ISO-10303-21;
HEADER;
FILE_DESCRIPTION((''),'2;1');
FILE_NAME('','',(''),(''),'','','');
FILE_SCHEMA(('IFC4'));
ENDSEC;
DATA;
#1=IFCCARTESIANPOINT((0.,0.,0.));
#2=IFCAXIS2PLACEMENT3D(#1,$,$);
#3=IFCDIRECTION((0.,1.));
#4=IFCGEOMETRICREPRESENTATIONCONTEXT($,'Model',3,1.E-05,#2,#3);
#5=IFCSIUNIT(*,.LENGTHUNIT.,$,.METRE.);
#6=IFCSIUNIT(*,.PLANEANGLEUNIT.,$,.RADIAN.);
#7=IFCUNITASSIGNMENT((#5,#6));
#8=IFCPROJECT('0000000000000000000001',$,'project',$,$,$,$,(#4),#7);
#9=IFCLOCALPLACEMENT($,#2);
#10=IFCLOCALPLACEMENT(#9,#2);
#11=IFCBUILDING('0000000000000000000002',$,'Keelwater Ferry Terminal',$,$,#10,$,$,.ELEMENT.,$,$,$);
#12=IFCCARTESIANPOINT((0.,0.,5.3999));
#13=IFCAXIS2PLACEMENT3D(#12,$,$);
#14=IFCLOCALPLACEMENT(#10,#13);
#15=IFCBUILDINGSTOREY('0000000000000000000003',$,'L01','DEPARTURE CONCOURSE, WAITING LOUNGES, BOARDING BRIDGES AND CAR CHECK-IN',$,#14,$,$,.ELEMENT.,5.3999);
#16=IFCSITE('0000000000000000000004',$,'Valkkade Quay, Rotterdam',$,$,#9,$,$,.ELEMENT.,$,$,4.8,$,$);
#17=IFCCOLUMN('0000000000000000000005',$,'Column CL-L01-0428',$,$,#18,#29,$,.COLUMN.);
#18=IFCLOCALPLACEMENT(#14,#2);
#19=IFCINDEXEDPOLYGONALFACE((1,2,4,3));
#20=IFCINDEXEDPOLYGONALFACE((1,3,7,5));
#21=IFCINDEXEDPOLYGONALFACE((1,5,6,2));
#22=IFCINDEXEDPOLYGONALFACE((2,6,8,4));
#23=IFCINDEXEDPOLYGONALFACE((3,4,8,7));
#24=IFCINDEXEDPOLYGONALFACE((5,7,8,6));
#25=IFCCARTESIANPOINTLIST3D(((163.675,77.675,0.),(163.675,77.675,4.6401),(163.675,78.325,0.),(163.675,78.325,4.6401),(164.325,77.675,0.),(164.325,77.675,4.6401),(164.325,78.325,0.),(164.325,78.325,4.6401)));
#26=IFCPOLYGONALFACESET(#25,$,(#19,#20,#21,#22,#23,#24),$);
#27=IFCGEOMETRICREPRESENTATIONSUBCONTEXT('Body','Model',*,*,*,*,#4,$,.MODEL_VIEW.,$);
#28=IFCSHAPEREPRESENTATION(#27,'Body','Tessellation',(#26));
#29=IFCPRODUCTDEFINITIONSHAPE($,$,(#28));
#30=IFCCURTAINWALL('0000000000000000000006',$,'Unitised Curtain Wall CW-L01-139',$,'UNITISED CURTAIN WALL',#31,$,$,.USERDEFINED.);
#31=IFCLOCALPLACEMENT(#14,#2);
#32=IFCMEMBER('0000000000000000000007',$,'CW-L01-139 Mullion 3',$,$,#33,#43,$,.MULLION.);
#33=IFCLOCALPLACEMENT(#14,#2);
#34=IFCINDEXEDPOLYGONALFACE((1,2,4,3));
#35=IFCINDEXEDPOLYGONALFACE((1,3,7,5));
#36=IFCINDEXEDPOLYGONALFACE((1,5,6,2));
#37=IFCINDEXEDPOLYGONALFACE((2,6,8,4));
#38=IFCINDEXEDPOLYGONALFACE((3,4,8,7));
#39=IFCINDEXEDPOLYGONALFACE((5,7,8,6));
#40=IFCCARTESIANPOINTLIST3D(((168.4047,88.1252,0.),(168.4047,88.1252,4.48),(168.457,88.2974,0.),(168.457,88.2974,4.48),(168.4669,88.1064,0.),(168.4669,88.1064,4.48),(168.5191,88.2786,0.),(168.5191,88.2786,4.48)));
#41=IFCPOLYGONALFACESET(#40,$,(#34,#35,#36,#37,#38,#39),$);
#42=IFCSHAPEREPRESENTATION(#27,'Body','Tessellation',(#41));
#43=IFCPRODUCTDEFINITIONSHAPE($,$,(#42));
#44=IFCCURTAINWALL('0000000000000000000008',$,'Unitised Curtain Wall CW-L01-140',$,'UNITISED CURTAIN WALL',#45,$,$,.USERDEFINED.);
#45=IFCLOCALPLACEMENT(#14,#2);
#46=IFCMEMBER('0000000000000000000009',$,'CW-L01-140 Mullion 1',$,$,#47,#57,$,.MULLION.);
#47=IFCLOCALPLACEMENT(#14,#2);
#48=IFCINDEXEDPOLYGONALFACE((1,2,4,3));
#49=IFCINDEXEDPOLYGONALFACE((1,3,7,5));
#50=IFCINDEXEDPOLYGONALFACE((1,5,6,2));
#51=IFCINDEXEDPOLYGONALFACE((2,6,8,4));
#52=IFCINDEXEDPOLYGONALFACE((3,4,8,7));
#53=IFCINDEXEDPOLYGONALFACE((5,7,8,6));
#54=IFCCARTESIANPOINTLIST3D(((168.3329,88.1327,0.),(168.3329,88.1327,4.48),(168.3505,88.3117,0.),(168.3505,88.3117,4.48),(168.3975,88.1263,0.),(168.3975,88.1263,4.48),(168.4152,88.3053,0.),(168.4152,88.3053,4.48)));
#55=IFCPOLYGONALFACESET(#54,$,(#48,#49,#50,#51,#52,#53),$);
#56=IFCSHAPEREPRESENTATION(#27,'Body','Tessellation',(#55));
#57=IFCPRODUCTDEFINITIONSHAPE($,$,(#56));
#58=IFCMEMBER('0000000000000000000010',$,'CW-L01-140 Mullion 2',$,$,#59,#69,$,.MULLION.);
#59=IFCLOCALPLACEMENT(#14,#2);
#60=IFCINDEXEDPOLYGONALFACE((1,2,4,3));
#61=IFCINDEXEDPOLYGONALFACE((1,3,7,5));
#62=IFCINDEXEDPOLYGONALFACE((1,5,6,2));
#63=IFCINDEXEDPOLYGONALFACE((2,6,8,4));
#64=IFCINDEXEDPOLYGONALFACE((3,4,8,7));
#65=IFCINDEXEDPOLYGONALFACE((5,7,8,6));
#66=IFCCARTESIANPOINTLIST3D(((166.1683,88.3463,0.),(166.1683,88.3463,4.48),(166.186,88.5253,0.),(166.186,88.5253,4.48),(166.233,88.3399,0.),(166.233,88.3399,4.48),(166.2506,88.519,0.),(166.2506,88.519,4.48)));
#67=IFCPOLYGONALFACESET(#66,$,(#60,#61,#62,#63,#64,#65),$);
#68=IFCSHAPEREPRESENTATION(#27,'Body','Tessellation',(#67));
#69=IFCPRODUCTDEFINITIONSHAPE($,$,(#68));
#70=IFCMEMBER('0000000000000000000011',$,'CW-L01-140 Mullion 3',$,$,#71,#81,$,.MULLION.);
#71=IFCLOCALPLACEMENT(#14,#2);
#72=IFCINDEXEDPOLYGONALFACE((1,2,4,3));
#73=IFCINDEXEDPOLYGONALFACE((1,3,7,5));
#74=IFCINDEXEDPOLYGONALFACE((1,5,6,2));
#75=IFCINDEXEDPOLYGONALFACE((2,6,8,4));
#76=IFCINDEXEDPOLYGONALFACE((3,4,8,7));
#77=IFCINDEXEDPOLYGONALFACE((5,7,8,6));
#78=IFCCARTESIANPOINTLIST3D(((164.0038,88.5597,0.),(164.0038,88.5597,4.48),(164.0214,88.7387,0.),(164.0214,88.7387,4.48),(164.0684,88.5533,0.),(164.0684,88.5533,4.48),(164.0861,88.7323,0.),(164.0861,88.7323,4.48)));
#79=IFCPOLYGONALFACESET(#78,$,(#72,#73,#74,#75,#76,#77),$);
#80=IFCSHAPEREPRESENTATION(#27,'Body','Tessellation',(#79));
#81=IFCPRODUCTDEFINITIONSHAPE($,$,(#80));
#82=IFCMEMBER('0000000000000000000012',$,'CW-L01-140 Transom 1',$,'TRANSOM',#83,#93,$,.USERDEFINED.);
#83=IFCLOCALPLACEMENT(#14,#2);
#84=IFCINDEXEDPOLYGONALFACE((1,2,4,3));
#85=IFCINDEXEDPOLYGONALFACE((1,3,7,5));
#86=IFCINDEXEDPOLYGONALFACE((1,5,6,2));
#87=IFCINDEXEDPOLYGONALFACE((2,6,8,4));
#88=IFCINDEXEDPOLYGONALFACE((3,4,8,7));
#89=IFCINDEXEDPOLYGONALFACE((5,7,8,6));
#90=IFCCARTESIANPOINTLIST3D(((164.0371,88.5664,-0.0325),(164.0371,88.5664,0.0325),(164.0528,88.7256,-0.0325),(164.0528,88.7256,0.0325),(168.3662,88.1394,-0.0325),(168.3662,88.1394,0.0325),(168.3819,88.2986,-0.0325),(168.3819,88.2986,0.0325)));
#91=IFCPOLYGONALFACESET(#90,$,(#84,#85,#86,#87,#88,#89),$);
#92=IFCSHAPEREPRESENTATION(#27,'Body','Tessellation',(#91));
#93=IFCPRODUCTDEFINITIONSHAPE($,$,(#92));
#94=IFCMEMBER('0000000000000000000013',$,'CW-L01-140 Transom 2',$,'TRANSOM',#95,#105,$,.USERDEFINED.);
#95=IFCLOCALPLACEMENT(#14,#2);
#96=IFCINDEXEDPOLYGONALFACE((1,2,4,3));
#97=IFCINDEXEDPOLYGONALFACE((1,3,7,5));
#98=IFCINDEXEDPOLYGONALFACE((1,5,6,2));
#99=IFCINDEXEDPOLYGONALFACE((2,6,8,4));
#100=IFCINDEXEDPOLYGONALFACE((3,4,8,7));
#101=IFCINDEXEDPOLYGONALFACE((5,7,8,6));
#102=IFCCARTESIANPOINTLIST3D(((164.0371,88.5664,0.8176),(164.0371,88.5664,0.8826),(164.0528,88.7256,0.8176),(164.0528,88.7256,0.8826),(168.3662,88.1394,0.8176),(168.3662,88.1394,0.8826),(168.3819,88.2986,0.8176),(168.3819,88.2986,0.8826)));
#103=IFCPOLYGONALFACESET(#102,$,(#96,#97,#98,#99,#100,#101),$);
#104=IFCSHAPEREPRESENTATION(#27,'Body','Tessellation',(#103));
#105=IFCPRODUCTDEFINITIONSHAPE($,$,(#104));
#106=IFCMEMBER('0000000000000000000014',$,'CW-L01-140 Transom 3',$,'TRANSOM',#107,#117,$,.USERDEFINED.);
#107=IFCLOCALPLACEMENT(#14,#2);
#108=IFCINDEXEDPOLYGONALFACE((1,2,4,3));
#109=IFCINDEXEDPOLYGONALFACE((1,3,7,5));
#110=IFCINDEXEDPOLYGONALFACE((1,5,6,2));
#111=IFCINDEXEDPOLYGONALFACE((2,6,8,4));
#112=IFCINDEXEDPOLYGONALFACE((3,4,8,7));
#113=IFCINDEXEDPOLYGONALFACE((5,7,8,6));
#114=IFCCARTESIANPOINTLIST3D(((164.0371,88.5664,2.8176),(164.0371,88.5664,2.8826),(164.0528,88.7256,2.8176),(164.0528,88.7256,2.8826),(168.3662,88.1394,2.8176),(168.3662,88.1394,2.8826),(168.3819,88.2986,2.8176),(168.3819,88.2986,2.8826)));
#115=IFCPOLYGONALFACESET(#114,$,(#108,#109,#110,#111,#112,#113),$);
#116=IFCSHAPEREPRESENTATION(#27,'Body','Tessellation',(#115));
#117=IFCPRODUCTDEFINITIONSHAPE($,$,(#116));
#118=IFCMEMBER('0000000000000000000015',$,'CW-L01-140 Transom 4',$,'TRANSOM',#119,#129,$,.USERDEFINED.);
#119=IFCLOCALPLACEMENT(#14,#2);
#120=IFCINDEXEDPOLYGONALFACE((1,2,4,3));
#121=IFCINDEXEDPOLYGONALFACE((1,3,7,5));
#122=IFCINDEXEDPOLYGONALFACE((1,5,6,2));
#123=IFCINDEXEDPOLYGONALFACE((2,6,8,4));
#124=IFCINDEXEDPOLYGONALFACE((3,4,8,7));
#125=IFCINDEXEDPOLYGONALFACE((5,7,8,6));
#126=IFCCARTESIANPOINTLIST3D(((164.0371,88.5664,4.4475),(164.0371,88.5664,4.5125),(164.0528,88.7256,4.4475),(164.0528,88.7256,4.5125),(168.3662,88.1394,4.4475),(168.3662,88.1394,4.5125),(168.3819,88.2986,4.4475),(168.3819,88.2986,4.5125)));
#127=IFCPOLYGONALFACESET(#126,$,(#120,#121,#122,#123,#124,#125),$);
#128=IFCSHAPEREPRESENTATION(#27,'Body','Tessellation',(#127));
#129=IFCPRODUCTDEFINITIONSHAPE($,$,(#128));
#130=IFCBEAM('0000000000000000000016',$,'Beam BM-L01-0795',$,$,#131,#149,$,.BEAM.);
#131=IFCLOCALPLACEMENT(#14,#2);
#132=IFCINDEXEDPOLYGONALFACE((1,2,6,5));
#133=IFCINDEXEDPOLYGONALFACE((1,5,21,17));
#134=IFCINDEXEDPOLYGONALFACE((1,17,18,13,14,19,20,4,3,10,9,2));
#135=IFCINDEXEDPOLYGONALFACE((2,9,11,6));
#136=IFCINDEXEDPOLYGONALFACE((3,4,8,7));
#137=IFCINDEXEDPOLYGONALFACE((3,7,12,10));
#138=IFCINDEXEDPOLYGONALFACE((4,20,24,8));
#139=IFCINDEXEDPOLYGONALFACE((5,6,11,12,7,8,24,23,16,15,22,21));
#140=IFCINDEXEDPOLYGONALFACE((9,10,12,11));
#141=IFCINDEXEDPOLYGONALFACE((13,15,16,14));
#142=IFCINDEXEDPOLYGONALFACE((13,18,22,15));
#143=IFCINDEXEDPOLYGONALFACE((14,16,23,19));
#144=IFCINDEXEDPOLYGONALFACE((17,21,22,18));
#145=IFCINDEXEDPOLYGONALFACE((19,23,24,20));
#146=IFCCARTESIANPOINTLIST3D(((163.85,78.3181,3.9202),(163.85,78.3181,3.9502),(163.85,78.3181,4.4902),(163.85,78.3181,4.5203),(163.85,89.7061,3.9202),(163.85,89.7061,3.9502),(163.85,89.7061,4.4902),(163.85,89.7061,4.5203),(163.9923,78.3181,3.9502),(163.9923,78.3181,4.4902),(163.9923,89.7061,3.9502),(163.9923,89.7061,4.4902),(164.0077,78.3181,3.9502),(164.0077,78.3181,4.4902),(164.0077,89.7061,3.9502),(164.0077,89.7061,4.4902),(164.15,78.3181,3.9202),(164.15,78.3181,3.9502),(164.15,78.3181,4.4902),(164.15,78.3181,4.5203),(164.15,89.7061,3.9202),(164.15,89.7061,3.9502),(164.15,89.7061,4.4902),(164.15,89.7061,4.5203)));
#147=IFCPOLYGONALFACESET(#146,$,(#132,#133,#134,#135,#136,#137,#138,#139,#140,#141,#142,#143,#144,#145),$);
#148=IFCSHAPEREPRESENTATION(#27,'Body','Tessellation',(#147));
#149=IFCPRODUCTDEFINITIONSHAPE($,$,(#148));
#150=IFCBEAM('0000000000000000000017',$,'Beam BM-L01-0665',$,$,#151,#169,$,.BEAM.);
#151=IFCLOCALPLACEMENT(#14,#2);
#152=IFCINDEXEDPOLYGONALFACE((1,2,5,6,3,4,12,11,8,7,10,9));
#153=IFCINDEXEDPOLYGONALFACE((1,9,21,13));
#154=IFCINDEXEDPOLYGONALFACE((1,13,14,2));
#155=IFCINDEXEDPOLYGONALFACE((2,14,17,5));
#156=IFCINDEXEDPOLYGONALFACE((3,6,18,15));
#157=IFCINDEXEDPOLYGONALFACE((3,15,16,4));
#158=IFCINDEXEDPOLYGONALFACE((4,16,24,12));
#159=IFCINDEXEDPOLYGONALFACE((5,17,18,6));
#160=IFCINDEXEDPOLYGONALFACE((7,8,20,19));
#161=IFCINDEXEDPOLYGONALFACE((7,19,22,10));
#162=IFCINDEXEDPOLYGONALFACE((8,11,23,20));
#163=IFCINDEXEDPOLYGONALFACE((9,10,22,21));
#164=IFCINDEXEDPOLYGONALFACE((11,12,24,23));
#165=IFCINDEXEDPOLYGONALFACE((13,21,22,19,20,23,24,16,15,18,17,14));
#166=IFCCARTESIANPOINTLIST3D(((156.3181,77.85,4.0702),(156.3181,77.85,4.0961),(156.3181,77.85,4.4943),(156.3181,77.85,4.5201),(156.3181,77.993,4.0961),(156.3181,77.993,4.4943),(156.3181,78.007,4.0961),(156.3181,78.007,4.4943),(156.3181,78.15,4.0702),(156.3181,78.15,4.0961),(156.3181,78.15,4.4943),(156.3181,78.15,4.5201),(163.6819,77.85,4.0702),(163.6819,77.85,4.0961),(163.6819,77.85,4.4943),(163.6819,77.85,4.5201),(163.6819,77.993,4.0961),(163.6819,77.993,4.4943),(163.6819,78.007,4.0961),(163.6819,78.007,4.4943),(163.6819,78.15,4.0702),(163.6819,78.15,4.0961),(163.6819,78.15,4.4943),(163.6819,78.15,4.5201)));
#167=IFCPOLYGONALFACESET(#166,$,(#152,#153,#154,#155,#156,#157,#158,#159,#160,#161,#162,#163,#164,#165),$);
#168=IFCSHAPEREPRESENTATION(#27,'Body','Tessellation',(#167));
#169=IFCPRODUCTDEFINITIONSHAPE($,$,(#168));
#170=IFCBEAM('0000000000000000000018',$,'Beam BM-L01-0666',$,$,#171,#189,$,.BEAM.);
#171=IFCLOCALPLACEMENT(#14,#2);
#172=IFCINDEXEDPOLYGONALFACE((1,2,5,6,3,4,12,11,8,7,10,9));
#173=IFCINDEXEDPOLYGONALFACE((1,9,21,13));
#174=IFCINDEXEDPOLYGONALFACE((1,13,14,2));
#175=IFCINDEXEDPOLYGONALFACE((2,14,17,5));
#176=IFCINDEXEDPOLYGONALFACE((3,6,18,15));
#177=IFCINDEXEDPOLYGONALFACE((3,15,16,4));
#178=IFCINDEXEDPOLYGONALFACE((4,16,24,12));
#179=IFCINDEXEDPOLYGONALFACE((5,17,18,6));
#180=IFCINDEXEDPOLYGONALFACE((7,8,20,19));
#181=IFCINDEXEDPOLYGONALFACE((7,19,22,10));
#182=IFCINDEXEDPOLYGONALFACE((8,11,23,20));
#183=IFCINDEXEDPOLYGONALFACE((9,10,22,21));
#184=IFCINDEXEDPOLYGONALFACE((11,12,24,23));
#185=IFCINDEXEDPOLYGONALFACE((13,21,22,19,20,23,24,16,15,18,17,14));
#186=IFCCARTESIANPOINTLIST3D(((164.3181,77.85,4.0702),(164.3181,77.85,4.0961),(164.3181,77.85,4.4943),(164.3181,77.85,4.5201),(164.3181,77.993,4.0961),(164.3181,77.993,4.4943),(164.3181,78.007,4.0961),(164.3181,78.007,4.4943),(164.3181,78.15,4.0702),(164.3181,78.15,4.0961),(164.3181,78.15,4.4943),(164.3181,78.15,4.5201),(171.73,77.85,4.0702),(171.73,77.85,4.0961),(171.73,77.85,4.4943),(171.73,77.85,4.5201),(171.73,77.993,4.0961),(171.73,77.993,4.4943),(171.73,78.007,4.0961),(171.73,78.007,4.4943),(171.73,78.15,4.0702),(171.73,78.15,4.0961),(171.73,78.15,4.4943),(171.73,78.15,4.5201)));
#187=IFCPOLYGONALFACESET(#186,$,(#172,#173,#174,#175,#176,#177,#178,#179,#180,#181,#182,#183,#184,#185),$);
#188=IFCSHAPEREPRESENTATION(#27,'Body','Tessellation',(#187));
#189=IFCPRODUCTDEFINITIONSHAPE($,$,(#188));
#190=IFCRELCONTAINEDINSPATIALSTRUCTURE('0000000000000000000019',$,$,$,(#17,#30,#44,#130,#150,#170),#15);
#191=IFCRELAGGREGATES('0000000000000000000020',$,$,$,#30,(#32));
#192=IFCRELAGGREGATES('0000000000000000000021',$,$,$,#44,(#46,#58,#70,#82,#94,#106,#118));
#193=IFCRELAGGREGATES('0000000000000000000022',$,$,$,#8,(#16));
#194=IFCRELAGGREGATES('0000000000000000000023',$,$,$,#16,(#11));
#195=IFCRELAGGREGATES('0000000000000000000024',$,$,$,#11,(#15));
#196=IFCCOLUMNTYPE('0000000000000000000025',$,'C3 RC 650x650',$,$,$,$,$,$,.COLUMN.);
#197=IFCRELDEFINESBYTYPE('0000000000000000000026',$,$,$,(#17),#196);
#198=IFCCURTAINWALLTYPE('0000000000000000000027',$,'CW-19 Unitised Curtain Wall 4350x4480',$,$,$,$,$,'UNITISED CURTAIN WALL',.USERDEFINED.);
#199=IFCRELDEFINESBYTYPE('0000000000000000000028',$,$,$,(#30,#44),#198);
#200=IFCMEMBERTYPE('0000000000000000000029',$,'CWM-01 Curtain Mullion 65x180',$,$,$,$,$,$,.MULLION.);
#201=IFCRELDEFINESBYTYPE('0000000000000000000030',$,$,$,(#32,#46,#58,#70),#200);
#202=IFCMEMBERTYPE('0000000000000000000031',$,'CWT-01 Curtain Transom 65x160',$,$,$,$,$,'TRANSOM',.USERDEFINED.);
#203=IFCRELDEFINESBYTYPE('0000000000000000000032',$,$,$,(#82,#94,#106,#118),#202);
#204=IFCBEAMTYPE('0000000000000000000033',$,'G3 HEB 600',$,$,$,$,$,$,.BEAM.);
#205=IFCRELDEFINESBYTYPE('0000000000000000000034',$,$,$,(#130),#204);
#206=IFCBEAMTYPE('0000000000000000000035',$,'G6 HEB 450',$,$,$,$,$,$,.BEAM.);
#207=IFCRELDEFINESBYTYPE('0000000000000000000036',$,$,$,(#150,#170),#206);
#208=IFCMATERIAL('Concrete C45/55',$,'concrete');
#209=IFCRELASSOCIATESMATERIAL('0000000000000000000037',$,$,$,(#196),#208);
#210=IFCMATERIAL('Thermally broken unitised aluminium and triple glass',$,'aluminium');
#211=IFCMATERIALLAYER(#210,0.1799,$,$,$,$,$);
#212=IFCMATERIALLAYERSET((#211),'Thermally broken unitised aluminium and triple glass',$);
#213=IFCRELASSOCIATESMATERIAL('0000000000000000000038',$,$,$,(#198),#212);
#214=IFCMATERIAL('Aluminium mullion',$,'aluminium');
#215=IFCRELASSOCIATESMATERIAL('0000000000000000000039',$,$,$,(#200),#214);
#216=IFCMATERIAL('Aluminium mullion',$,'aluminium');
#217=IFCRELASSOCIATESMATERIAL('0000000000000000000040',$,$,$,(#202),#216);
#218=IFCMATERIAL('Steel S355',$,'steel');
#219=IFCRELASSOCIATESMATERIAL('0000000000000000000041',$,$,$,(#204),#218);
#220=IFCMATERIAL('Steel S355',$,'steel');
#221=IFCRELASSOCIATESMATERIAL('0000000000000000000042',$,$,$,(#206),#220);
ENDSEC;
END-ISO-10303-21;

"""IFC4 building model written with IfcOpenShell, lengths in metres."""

from ifc_helpers import new_model, si_unit, direction, frame, origin, origin_2d, place, context, subcontext, project, spatial, rectangle, i_section, extrude, material, layer, layer_set, material_profile, profile_set, type_object, element, aggregate, save


model = new_model("IFC4")

# Units and contexts
model_context = context("Model", 3, precision=1e-05, world=origin(), true_north=direction((0.0, 1.0)))
body_context = subcontext(model_context, "Body", "Model", "MODEL_VIEW")
ifc_project = project(units=[si_unit("LENGTHUNIT", "METRE"), si_unit("PLANEANGLEUNIT", "RADIAN")], contexts=[model_context])

# Site, building, storey
site_placement = place(None, origin())
site = spatial("IfcSite", under=ifc_project, at=site_placement, Name="Valkkade Quay, Rotterdam", CompositionType="ELEMENT", RefElevation=4.8)
building_placement = place(site_placement, origin())
building = spatial("IfcBuilding", under=site, at=building_placement, Name="Keelwater Ferry Terminal", CompositionType="ELEMENT")
storey_placement = place(building_placement, frame((0.0, 0.0, 5.3999)))
storey = spatial("IfcBuildingStorey", under=building, at=storey_placement, Name="L01", Description="DEPARTURE CONCOURSE, WAITING LOUNGES, BOARDING BRIDGES AND CAR CHECK-IN", CompositionType="ELEMENT", Elevation=5.3999)

# Column
ifc_material_1 = material(Name="Concrete C45/55", Category="concrete")
ifc_material_profile_1 = material_profile(ifc_material_1, rectangle(XDim=0.6499, YDim=0.6499, at=origin_2d()), Name="RC 650x650")
ifc_profile_set_1 = profile_set([ifc_material_profile_1], Name="Concrete C45/55")
column_type = type_object("IfcColumnType", Name="C3 RC 650x650", PredefinedType="COLUMN", material=ifc_profile_set_1)
column_placement = place(storey_placement, frame((164.0, 78.0, 0.0), z_axis=(0.0, 0.0, 1.0), x_axis=(1.0, 0.0, 0.0)))
element("IfcColumn", 1, at=column_placement, inside=storey, type_object=column_type, Name="Column CL-L01-0428", PredefinedType="COLUMN", context=body_context, shape_type="SweptSolid", body=[
    extrude(rectangle(XDim=0.6499, YDim=0.6499, at=origin_2d()), origin(), (0.0, 0.0, 1.0), 4.6401),
])

# Curtain wall, member
ifc_material_2 = material(Name="Thermally broken unitised aluminium and triple glass", Category="aluminium")
ifc_layer_1 = layer(ifc_material_2, 0.1799)
ifc_layer_set_1 = layer_set([ifc_layer_1], Name="Thermally broken unitised aluminium and triple glass")
curtain_wall_type = type_object("IfcCurtainWallType", Name="CW-19 Unitised Curtain Wall 4350x4480", ElementType="UNITISED CURTAIN WALL", PredefinedType="USERDEFINED", material=ifc_layer_set_1)
curtain_wall_1_placement = place(storey_placement, origin())
curtain_wall_1 = element("IfcCurtainWall", 2, at=curtain_wall_1_placement, inside=storey, type_object=curtain_wall_type, Name="Unitised Curtain Wall CW-L01-139", ObjectType="UNITISED CURTAIN WALL", PredefinedType="USERDEFINED")
ifc_material_3 = material(Name="Aluminium mullion", Category="aluminium")
ifc_material_profile_2 = material_profile(ifc_material_3, rectangle(XDim=0.0649, YDim=0.1799, at=origin_2d()), Name="CWM-01")
ifc_profile_set_2 = profile_set([ifc_material_profile_2], Name="Aluminium mullion")
member_type_1 = type_object("IfcMemberType", Name="CWM-01 Curtain Mullion 65x180", PredefinedType="MULLION", material=ifc_profile_set_2)
member_1_placement = place(storey_placement, frame((168.4619, 88.2019, 0.0), z_axis=(0.0, 0.0, 1.0), x_axis=(-0.95693, 0.29032, 0.0)))
member_1 = element("IfcMember", 3, at=member_1_placement, type_object=member_type_1, Name="CW-L01-139 Mullion 3", PredefinedType="MULLION", context=body_context, shape_type="SweptSolid", body=[
    extrude(rectangle(XDim=0.0649, YDim=0.1799, at=origin_2d()), origin(), (0.0, 0.0, 1.0), 4.48),
])

# Curtain wall, members
curtain_wall_2_placement = place(storey_placement, origin())
curtain_wall_2 = element("IfcCurtainWall", 4, at=curtain_wall_2_placement, inside=storey, type_object=curtain_wall_type, Name="Unitised Curtain Wall CW-L01-140", ObjectType="UNITISED CURTAIN WALL", PredefinedType="USERDEFINED")
member_2_placement = place(storey_placement, frame((168.374, 88.219, 0.0), z_axis=(0.0, 0.0, 1.0), x_axis=(-0.995171, 0.098161, 0.0)))
member_2 = element("IfcMember", 5, at=member_2_placement, type_object=member_type_1, Name="CW-L01-140 Mullion 1", PredefinedType="MULLION", context=body_context, shape_type="SweptSolid", body=[
    extrude(rectangle(XDim=0.0649, YDim=0.1799, at=origin_2d()), origin(), (0.0, 0.0, 1.0), 4.48),
])
member_3_placement = place(storey_placement, frame((166.2095, 88.4326, 0.0), z_axis=(0.0, 0.0, 1.0), x_axis=(-0.995171, 0.098161, 0.0)))
member_3 = element("IfcMember", 6, at=member_3_placement, type_object=member_type_1, Name="CW-L01-140 Mullion 2", PredefinedType="MULLION", context=body_context, shape_type="SweptSolid", body=[
    extrude(rectangle(XDim=0.0649, YDim=0.1799, at=origin_2d()), origin(), (0.0, 0.0, 1.0), 4.48),
])
member_4_placement = place(storey_placement, frame((164.0449, 88.646, 0.0), z_axis=(0.0, 0.0, 1.0), x_axis=(-0.995171, 0.098161, 0.0)))
member_4 = element("IfcMember", 7, at=member_4_placement, type_object=member_type_1, Name="CW-L01-140 Mullion 3", PredefinedType="MULLION", context=body_context, shape_type="SweptSolid", body=[
    extrude(rectangle(XDim=0.0649, YDim=0.1799, at=origin_2d()), origin(), (0.0, 0.0, 1.0), 4.48),
])
ifc_material_4 = material(Name="Aluminium mullion", Category="aluminium")
ifc_material_profile_3 = material_profile(ifc_material_4, rectangle(XDim=0.1599, YDim=0.0649, at=origin_2d()), Name="CWT-01")
ifc_profile_set_3 = profile_set([ifc_material_profile_3], Name="Aluminium mullion")
member_type_2 = type_object("IfcMemberType", Name="CWT-01 Curtain Transom 65x160", ElementType="TRANSOM", PredefinedType="USERDEFINED", material=ifc_profile_set_3)
member_5_placement = place(storey_placement, frame((168.374, 88.219, 0.0), z_axis=(-0.995171, 0.098159, 0.0), x_axis=(-0.098159, -0.995171, 0.0)))
member_5 = element("IfcMember", 8, at=member_5_placement, type_object=member_type_2, Name="CW-L01-140 Transom 1", ObjectType="TRANSOM", PredefinedType="USERDEFINED", context=body_context, shape_type="SweptSolid", body=[
    extrude(rectangle(XDim=0.1599, YDim=0.0649, at=origin_2d()), origin(), (0.0, 0.0, 1.0), 4.3501),
])
member_6_placement = place(storey_placement, frame((168.374, 88.219, 0.8501), z_axis=(-0.995171, 0.098159, 0.0), x_axis=(-0.098159, -0.995171, 0.0)))
member_6 = element("IfcMember", 9, at=member_6_placement, type_object=member_type_2, Name="CW-L01-140 Transom 2", ObjectType="TRANSOM", PredefinedType="USERDEFINED", context=body_context, shape_type="SweptSolid", body=[
    extrude(rectangle(XDim=0.1599, YDim=0.0649, at=origin_2d()), origin(), (0.0, 0.0, 1.0), 4.3501),
])
member_7_placement = place(storey_placement, frame((168.374, 88.219, 2.8501), z_axis=(-0.995171, 0.098159, 0.0), x_axis=(-0.098159, -0.995171, 0.0)))
member_7 = element("IfcMember", 10, at=member_7_placement, type_object=member_type_2, Name="CW-L01-140 Transom 3", ObjectType="TRANSOM", PredefinedType="USERDEFINED", context=body_context, shape_type="SweptSolid", body=[
    extrude(rectangle(XDim=0.1599, YDim=0.0649, at=origin_2d()), origin(), (0.0, 0.0, 1.0), 4.3501),
])
member_8_placement = place(storey_placement, frame((168.374, 88.219, 4.48), z_axis=(-0.995171, 0.098159, 0.0), x_axis=(-0.098159, -0.995171, 0.0)))
member_8 = element("IfcMember", 11, at=member_8_placement, type_object=member_type_2, Name="CW-L01-140 Transom 4", ObjectType="TRANSOM", PredefinedType="USERDEFINED", context=body_context, shape_type="SweptSolid", body=[
    extrude(rectangle(XDim=0.1599, YDim=0.0649, at=origin_2d()), origin(), (0.0, 0.0, 1.0), 4.3501),
])

# Beams
ifc_material_5 = material(Name="Steel S355", Category="steel")
ifc_material_profile_4 = material_profile(ifc_material_5, i_section(OverallWidth=0.3, OverallDepth=0.6001, WebThickness=0.0154, FlangeThickness=0.03, at=origin_2d()), Name="HEB 600")
ifc_profile_set_4 = profile_set([ifc_material_profile_4], Name="Steel S355")
beam_type_1 = type_object("IfcBeamType", Name="G3 HEB 600", PredefinedType="BEAM", material=ifc_profile_set_4)
beam_1_placement = place(storey_placement, frame((164.0, 78.3181, 4.2202), z_axis=(0.0, 1.0, 0.0), x_axis=(-1.0, 0.0, 0.0)))
element("IfcBeam", 12, at=beam_1_placement, inside=storey, type_object=beam_type_1, Name="Beam BM-L01-0795", PredefinedType="BEAM", context=body_context, shape_type="SweptSolid", body=[
    extrude(i_section(OverallWidth=0.3, OverallDepth=0.6001, WebThickness=0.0154, FlangeThickness=0.03, at=origin_2d()), origin(), (0.0, 0.0, 1.0), 11.3879),
])
ifc_material_6 = material(Name="Steel S355", Category="steel")
ifc_material_profile_5 = material_profile(ifc_material_6, i_section(OverallWidth=0.3, OverallDepth=0.45, WebThickness=0.0139, FlangeThickness=0.0259, at=origin_2d()), Name="HEB 450")
ifc_profile_set_5 = profile_set([ifc_material_profile_5], Name="Steel S355")
beam_type_2 = type_object("IfcBeamType", Name="G6 HEB 450", PredefinedType="BEAM", material=ifc_profile_set_5)
beam_2_placement = place(storey_placement, frame((156.3181, 78.0, 4.2952), z_axis=(1.0, 0.0, 0.0), x_axis=(0.0, 1.0, 0.0)))
element("IfcBeam", 13, at=beam_2_placement, inside=storey, type_object=beam_type_2, Name="Beam BM-L01-0665", PredefinedType="BEAM", context=body_context, shape_type="SweptSolid", body=[
    extrude(i_section(OverallWidth=0.3, OverallDepth=0.45, WebThickness=0.0139, FlangeThickness=0.0259, at=origin_2d()), origin(), (0.0, 0.0, 1.0), 7.3638),
])
beam_3_placement = place(storey_placement, frame((164.3181, 78.0, 4.2952), z_axis=(1.0, 0.0, 0.0), x_axis=(0.0, 1.0, 0.0)))
element("IfcBeam", 14, at=beam_3_placement, inside=storey, type_object=beam_type_2, Name="Beam BM-L01-0666", PredefinedType="BEAM", context=body_context, shape_type="SweptSolid", body=[
    extrude(i_section(OverallWidth=0.3, OverallDepth=0.45, WebThickness=0.0139, FlangeThickness=0.0259, at=origin_2d()), origin(), (0.0, 0.0, 1.0), 7.4119),
])

aggregate(curtain_wall_1, [member_1])
aggregate(curtain_wall_2, [member_2, member_3, member_4, member_5, member_6, member_7, member_8])

save(model, "model.ifc")
